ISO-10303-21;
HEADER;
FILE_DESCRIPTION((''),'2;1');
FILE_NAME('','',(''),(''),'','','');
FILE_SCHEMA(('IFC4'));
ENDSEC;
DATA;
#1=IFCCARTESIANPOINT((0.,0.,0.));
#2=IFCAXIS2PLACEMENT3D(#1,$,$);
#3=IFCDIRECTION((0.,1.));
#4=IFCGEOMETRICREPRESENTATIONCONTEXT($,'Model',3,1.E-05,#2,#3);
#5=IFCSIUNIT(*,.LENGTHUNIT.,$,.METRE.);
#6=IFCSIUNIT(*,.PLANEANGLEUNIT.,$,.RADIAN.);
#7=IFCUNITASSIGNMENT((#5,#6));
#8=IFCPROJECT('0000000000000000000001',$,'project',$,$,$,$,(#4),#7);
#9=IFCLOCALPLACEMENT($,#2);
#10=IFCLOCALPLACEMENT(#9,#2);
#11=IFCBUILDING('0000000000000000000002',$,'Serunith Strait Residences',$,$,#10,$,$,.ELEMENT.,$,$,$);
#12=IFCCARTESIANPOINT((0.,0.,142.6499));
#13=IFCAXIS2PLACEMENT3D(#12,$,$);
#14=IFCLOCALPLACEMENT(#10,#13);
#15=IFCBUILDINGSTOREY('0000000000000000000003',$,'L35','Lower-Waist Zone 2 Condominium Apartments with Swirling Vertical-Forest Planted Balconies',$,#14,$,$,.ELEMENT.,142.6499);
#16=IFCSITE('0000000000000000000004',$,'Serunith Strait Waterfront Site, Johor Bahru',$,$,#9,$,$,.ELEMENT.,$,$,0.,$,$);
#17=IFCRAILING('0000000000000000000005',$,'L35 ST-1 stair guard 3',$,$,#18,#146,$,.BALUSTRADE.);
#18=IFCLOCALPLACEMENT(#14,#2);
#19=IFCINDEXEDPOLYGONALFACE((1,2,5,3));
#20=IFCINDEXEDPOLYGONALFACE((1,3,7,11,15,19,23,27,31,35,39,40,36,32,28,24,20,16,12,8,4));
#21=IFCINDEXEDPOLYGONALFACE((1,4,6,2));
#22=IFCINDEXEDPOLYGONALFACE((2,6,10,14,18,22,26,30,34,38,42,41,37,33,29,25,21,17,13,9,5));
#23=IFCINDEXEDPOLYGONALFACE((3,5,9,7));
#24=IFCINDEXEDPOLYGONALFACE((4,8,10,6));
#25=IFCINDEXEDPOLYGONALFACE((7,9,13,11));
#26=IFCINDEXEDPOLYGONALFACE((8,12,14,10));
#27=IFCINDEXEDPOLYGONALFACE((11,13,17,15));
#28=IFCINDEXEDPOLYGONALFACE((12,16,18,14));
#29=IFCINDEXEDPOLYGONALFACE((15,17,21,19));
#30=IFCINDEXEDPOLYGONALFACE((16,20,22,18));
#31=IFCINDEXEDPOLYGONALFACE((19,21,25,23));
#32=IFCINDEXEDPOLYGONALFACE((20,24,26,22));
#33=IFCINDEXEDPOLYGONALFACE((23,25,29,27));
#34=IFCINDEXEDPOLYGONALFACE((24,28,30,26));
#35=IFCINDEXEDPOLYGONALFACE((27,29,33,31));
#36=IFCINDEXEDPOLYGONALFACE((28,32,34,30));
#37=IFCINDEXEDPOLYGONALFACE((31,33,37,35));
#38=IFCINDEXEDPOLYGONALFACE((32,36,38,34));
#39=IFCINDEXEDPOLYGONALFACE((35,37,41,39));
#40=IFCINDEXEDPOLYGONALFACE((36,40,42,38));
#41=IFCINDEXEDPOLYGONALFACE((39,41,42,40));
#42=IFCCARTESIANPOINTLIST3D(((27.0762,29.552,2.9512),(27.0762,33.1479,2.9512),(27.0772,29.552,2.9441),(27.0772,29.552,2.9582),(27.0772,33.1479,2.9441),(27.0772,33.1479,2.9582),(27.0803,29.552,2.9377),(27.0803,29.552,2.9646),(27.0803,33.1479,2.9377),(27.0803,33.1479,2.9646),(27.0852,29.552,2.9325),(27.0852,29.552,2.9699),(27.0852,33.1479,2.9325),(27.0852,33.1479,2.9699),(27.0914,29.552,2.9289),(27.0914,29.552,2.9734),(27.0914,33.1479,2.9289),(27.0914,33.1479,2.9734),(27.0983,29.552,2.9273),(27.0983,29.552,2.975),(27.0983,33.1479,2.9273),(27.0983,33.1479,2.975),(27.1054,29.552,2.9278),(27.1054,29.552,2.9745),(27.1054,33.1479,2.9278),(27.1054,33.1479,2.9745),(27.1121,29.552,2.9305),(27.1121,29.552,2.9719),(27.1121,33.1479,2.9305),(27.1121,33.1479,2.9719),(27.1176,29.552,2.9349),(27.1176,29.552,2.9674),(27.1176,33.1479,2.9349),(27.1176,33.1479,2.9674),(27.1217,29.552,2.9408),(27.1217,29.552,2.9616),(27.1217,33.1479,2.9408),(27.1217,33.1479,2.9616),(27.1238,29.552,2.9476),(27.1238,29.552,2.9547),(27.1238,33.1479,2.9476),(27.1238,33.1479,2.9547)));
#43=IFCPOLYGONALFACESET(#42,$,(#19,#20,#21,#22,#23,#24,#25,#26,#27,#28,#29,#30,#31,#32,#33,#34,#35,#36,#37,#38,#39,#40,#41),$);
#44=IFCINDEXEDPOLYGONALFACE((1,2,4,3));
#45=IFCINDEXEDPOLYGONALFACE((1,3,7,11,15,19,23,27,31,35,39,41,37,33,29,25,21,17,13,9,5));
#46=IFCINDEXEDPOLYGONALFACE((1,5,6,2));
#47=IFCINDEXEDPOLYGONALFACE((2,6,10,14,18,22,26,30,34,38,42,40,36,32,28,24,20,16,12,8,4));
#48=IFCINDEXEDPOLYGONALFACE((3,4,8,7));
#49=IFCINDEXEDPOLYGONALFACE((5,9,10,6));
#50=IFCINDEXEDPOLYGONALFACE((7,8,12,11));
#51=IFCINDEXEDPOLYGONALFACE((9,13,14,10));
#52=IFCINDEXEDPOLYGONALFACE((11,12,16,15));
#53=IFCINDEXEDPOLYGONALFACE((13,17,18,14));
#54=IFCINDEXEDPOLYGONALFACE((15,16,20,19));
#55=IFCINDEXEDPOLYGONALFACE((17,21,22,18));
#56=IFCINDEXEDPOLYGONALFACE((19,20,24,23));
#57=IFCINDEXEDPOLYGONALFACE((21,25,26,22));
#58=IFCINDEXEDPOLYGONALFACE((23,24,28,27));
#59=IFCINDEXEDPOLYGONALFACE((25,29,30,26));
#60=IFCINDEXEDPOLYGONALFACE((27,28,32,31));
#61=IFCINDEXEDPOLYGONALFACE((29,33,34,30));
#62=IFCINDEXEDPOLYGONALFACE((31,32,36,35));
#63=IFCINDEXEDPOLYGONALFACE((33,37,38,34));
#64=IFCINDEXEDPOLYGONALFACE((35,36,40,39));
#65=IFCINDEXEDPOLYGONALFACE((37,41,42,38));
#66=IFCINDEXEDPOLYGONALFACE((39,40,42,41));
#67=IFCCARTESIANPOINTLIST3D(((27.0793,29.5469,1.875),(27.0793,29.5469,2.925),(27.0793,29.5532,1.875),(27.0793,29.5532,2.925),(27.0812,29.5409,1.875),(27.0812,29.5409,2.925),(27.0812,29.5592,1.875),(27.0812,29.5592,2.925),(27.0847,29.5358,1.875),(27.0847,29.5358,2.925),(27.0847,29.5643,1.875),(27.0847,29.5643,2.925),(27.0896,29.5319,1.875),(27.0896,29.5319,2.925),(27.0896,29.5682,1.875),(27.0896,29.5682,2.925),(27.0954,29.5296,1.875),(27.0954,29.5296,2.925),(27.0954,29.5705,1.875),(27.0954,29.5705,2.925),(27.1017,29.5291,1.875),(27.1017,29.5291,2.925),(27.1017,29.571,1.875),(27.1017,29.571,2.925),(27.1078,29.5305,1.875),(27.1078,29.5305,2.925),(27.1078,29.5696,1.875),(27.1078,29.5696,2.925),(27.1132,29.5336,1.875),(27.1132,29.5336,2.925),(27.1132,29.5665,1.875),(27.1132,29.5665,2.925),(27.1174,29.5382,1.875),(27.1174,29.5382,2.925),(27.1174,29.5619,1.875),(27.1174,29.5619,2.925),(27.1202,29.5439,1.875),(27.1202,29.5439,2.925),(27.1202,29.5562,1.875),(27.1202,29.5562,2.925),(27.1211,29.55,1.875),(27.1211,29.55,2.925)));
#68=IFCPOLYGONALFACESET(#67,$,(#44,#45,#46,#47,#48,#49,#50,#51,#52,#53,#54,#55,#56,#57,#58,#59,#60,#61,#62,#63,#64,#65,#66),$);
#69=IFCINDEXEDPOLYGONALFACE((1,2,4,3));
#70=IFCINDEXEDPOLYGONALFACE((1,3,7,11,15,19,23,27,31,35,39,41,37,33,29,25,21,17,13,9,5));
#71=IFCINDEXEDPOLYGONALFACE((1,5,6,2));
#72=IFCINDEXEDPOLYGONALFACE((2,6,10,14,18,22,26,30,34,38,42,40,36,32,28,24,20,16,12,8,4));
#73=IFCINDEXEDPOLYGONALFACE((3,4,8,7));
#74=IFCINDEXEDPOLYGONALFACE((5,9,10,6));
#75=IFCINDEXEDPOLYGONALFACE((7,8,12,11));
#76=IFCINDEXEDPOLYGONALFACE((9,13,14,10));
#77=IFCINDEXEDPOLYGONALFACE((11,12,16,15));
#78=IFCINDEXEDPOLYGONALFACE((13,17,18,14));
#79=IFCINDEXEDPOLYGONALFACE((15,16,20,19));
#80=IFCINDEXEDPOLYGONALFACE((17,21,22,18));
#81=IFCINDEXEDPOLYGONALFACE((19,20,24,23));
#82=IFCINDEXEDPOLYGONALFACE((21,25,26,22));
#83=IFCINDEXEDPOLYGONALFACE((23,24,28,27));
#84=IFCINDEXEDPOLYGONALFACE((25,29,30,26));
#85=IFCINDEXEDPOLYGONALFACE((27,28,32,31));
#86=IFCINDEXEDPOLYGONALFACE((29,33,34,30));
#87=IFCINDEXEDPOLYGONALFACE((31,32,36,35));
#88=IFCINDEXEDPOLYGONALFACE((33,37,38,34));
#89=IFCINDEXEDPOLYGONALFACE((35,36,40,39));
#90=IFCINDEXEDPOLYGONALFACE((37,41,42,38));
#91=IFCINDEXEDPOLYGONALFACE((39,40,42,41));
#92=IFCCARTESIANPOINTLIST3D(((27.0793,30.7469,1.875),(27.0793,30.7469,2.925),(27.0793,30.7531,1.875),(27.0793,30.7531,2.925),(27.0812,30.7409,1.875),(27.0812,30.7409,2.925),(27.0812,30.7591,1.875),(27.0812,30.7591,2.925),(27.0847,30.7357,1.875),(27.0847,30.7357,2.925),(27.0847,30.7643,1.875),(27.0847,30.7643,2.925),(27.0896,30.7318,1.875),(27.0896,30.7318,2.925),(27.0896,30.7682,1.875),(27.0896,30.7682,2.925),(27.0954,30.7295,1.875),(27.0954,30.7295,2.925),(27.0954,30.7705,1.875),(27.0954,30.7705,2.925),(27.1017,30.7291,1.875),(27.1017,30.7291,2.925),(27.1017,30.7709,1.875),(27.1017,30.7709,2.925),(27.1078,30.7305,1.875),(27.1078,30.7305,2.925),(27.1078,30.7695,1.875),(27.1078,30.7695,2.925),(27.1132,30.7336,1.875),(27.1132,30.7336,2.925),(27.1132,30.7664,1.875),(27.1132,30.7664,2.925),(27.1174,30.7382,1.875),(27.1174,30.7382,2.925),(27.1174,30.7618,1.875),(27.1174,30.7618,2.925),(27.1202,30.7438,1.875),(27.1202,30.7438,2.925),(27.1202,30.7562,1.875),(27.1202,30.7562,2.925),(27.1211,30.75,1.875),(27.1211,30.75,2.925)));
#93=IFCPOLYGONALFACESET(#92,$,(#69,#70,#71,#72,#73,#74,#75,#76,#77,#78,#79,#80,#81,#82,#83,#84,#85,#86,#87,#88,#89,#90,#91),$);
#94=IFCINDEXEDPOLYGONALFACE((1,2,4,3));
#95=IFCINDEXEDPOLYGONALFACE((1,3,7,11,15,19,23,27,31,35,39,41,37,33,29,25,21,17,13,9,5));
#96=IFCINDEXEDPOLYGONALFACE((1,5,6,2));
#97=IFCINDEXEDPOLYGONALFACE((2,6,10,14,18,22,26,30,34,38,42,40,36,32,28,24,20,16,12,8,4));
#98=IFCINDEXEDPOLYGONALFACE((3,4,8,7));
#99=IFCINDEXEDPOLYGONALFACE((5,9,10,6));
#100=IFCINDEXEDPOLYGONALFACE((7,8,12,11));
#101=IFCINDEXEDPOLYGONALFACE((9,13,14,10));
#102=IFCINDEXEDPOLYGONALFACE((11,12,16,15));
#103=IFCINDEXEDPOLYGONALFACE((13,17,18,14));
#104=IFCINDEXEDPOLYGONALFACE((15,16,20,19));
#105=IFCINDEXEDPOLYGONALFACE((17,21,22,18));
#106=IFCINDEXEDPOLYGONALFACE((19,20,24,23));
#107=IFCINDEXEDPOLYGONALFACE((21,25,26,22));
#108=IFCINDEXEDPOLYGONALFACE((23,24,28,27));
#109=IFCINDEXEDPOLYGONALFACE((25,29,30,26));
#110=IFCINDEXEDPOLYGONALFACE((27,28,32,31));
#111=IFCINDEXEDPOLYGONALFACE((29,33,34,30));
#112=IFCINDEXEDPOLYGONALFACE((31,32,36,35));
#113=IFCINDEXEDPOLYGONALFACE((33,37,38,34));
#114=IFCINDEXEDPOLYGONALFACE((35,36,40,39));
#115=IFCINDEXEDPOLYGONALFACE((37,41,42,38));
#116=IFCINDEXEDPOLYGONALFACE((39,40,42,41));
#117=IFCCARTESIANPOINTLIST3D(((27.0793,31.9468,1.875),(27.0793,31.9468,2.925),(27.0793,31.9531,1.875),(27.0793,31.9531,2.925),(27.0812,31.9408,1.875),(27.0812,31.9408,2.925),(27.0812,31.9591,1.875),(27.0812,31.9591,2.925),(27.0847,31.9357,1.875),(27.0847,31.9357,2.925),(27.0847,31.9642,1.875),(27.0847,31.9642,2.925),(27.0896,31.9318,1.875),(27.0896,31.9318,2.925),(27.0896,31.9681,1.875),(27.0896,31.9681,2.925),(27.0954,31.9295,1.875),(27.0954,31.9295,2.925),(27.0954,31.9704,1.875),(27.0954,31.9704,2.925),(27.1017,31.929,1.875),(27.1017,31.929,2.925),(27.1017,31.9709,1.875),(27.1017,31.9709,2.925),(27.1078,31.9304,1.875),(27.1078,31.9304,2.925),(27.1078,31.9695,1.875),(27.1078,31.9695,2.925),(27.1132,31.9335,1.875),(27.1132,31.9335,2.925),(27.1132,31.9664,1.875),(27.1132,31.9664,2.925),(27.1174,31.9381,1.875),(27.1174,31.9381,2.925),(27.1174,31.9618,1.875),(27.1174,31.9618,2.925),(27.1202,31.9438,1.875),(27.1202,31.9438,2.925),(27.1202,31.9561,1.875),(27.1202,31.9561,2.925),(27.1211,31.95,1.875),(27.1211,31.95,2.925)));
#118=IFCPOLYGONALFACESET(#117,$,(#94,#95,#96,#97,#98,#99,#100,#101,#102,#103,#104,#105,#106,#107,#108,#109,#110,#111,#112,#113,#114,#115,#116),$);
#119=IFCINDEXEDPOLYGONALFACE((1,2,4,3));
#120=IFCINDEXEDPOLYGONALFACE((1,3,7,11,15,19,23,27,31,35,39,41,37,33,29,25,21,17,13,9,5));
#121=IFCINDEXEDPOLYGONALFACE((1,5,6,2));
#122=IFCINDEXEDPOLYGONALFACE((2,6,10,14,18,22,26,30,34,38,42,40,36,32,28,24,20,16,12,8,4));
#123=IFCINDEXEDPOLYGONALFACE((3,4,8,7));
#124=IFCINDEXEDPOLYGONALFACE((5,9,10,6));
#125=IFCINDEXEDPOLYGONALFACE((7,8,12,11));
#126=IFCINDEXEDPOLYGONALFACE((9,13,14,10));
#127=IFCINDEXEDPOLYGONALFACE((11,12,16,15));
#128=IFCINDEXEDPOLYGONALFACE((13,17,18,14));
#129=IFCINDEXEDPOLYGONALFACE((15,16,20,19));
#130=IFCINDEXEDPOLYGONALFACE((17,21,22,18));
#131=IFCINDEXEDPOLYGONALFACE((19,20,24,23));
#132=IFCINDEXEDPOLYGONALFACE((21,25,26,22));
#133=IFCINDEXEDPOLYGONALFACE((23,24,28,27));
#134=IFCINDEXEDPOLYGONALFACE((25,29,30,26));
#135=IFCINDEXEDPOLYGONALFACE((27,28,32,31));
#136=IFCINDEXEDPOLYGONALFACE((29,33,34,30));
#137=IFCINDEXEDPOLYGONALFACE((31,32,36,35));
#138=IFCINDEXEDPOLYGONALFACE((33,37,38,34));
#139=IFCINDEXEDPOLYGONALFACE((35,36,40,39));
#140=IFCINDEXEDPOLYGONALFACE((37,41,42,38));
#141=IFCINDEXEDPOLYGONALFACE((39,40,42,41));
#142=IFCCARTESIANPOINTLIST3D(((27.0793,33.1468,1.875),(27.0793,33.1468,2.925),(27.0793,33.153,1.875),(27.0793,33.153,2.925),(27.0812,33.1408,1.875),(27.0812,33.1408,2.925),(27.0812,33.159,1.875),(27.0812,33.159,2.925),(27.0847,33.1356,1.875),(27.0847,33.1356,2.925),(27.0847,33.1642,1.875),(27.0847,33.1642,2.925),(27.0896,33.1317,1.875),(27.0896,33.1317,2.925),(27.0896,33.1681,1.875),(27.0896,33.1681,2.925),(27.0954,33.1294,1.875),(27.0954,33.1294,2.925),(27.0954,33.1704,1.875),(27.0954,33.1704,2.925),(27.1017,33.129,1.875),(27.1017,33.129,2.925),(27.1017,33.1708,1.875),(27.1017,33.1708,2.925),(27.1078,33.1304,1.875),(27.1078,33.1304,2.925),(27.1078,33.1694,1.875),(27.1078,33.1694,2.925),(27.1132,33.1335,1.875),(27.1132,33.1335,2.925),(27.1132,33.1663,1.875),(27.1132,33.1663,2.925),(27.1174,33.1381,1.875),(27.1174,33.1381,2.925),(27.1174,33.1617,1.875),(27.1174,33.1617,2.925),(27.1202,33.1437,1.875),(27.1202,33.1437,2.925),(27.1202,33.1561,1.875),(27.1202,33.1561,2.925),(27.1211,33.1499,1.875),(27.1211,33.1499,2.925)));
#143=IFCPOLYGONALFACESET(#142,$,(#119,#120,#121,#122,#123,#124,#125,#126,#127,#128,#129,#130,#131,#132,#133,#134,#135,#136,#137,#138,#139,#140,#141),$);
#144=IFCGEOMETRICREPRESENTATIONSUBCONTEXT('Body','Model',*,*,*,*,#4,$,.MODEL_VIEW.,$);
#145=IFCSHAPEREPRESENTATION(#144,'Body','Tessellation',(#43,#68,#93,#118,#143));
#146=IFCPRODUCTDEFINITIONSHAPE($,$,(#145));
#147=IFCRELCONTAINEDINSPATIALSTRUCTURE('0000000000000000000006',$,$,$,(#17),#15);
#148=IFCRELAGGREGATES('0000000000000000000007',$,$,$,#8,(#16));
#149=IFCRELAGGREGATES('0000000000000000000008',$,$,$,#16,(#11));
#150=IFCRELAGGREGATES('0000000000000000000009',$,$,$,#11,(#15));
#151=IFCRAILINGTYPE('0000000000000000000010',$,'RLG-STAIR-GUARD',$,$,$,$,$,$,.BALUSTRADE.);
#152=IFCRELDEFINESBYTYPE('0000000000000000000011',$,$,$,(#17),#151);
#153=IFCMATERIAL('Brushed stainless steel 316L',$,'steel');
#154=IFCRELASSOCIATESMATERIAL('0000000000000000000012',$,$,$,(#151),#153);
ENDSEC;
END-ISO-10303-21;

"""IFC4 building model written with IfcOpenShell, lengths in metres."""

from ifc_helpers import new_model, si_unit, direction, frame, origin, origin_2d, place, context, subcontext, project, spatial, circle, extrude, material, type_object, element, save


model = new_model("IFC4")

# Units and contexts
model_context = context("Model", 3, precision=1e-05, world=origin(), true_north=direction((0.0, 1.0)))
body_context = subcontext(model_context, "Body", "Model", "MODEL_VIEW")
ifc_project = project(units=[si_unit("LENGTHUNIT", "METRE"), si_unit("PLANEANGLEUNIT", "RADIAN")], contexts=[model_context])

# Site, building, storey
site_placement = place(None, origin())
site = spatial("IfcSite", under=ifc_project, at=site_placement, Name="Serunith Strait Waterfront Site, Johor Bahru", CompositionType="ELEMENT", RefElevation=0.0)
building_placement = place(site_placement, origin())
building = spatial("IfcBuilding", under=site, at=building_placement, Name="Serunith Strait Residences", CompositionType="ELEMENT")
storey_placement = place(building_placement, frame((0.0, 0.0, 142.6499)))
storey = spatial("IfcBuildingStorey", under=building, at=storey_placement, Name="L35", Description="Lower-Waist Zone 2 Condominium Apartments with Swirling Vertical-Forest Planted Balconies", CompositionType="ELEMENT", Elevation=142.6499)

# Railing
ifc_material_1 = material(Name="Brushed stainless steel 316L", Category="steel")
railing_type_1 = type_object("IfcRailingType", Name="RLG-STAIR-GUARD", PredefinedType="BALUSTRADE", material=ifc_material_1)
for number, where, name in (
    (1, (27.1001, 29.55, 1.875), "L35 ST-1 stair guard 3"),
):
    element("IfcRailing", number, at=place(storey_placement, frame(where)), inside=storey, type_object=railing_type_1, Name=name, PredefinedType="BALUSTRADE", context=body_context, shape_type="SweptSolid", body=[
        extrude(circle(Radius=0.0239, at=origin_2d()), frame((0.0, 0.002, 1.0762), z_axis=(0.0, 1.0, 0.0), x_axis=(-1.0, 0.0, 0.0)), (0.0, 0.0, 1.0), 3.5959),
        extrude(circle(Radius=0.021, at=origin_2d()), origin(), (0.0, 0.0, 1.0), 1.05),
        extrude(circle(Radius=0.021, at=origin_2d()), frame((0.0, 1.2, 0.0)), (0.0, 0.0, 1.0), 1.05),
        extrude(circle(Radius=0.021, at=origin_2d()), frame((0.0, 2.3999, 0.0)), (0.0, 0.0, 1.0), 1.05),
        extrude(circle(Radius=0.021, at=origin_2d()), frame((0.0, 3.5999, 0.0)), (0.0, 0.0, 1.0), 1.05),
    ])

save(model, "model.ifc")
